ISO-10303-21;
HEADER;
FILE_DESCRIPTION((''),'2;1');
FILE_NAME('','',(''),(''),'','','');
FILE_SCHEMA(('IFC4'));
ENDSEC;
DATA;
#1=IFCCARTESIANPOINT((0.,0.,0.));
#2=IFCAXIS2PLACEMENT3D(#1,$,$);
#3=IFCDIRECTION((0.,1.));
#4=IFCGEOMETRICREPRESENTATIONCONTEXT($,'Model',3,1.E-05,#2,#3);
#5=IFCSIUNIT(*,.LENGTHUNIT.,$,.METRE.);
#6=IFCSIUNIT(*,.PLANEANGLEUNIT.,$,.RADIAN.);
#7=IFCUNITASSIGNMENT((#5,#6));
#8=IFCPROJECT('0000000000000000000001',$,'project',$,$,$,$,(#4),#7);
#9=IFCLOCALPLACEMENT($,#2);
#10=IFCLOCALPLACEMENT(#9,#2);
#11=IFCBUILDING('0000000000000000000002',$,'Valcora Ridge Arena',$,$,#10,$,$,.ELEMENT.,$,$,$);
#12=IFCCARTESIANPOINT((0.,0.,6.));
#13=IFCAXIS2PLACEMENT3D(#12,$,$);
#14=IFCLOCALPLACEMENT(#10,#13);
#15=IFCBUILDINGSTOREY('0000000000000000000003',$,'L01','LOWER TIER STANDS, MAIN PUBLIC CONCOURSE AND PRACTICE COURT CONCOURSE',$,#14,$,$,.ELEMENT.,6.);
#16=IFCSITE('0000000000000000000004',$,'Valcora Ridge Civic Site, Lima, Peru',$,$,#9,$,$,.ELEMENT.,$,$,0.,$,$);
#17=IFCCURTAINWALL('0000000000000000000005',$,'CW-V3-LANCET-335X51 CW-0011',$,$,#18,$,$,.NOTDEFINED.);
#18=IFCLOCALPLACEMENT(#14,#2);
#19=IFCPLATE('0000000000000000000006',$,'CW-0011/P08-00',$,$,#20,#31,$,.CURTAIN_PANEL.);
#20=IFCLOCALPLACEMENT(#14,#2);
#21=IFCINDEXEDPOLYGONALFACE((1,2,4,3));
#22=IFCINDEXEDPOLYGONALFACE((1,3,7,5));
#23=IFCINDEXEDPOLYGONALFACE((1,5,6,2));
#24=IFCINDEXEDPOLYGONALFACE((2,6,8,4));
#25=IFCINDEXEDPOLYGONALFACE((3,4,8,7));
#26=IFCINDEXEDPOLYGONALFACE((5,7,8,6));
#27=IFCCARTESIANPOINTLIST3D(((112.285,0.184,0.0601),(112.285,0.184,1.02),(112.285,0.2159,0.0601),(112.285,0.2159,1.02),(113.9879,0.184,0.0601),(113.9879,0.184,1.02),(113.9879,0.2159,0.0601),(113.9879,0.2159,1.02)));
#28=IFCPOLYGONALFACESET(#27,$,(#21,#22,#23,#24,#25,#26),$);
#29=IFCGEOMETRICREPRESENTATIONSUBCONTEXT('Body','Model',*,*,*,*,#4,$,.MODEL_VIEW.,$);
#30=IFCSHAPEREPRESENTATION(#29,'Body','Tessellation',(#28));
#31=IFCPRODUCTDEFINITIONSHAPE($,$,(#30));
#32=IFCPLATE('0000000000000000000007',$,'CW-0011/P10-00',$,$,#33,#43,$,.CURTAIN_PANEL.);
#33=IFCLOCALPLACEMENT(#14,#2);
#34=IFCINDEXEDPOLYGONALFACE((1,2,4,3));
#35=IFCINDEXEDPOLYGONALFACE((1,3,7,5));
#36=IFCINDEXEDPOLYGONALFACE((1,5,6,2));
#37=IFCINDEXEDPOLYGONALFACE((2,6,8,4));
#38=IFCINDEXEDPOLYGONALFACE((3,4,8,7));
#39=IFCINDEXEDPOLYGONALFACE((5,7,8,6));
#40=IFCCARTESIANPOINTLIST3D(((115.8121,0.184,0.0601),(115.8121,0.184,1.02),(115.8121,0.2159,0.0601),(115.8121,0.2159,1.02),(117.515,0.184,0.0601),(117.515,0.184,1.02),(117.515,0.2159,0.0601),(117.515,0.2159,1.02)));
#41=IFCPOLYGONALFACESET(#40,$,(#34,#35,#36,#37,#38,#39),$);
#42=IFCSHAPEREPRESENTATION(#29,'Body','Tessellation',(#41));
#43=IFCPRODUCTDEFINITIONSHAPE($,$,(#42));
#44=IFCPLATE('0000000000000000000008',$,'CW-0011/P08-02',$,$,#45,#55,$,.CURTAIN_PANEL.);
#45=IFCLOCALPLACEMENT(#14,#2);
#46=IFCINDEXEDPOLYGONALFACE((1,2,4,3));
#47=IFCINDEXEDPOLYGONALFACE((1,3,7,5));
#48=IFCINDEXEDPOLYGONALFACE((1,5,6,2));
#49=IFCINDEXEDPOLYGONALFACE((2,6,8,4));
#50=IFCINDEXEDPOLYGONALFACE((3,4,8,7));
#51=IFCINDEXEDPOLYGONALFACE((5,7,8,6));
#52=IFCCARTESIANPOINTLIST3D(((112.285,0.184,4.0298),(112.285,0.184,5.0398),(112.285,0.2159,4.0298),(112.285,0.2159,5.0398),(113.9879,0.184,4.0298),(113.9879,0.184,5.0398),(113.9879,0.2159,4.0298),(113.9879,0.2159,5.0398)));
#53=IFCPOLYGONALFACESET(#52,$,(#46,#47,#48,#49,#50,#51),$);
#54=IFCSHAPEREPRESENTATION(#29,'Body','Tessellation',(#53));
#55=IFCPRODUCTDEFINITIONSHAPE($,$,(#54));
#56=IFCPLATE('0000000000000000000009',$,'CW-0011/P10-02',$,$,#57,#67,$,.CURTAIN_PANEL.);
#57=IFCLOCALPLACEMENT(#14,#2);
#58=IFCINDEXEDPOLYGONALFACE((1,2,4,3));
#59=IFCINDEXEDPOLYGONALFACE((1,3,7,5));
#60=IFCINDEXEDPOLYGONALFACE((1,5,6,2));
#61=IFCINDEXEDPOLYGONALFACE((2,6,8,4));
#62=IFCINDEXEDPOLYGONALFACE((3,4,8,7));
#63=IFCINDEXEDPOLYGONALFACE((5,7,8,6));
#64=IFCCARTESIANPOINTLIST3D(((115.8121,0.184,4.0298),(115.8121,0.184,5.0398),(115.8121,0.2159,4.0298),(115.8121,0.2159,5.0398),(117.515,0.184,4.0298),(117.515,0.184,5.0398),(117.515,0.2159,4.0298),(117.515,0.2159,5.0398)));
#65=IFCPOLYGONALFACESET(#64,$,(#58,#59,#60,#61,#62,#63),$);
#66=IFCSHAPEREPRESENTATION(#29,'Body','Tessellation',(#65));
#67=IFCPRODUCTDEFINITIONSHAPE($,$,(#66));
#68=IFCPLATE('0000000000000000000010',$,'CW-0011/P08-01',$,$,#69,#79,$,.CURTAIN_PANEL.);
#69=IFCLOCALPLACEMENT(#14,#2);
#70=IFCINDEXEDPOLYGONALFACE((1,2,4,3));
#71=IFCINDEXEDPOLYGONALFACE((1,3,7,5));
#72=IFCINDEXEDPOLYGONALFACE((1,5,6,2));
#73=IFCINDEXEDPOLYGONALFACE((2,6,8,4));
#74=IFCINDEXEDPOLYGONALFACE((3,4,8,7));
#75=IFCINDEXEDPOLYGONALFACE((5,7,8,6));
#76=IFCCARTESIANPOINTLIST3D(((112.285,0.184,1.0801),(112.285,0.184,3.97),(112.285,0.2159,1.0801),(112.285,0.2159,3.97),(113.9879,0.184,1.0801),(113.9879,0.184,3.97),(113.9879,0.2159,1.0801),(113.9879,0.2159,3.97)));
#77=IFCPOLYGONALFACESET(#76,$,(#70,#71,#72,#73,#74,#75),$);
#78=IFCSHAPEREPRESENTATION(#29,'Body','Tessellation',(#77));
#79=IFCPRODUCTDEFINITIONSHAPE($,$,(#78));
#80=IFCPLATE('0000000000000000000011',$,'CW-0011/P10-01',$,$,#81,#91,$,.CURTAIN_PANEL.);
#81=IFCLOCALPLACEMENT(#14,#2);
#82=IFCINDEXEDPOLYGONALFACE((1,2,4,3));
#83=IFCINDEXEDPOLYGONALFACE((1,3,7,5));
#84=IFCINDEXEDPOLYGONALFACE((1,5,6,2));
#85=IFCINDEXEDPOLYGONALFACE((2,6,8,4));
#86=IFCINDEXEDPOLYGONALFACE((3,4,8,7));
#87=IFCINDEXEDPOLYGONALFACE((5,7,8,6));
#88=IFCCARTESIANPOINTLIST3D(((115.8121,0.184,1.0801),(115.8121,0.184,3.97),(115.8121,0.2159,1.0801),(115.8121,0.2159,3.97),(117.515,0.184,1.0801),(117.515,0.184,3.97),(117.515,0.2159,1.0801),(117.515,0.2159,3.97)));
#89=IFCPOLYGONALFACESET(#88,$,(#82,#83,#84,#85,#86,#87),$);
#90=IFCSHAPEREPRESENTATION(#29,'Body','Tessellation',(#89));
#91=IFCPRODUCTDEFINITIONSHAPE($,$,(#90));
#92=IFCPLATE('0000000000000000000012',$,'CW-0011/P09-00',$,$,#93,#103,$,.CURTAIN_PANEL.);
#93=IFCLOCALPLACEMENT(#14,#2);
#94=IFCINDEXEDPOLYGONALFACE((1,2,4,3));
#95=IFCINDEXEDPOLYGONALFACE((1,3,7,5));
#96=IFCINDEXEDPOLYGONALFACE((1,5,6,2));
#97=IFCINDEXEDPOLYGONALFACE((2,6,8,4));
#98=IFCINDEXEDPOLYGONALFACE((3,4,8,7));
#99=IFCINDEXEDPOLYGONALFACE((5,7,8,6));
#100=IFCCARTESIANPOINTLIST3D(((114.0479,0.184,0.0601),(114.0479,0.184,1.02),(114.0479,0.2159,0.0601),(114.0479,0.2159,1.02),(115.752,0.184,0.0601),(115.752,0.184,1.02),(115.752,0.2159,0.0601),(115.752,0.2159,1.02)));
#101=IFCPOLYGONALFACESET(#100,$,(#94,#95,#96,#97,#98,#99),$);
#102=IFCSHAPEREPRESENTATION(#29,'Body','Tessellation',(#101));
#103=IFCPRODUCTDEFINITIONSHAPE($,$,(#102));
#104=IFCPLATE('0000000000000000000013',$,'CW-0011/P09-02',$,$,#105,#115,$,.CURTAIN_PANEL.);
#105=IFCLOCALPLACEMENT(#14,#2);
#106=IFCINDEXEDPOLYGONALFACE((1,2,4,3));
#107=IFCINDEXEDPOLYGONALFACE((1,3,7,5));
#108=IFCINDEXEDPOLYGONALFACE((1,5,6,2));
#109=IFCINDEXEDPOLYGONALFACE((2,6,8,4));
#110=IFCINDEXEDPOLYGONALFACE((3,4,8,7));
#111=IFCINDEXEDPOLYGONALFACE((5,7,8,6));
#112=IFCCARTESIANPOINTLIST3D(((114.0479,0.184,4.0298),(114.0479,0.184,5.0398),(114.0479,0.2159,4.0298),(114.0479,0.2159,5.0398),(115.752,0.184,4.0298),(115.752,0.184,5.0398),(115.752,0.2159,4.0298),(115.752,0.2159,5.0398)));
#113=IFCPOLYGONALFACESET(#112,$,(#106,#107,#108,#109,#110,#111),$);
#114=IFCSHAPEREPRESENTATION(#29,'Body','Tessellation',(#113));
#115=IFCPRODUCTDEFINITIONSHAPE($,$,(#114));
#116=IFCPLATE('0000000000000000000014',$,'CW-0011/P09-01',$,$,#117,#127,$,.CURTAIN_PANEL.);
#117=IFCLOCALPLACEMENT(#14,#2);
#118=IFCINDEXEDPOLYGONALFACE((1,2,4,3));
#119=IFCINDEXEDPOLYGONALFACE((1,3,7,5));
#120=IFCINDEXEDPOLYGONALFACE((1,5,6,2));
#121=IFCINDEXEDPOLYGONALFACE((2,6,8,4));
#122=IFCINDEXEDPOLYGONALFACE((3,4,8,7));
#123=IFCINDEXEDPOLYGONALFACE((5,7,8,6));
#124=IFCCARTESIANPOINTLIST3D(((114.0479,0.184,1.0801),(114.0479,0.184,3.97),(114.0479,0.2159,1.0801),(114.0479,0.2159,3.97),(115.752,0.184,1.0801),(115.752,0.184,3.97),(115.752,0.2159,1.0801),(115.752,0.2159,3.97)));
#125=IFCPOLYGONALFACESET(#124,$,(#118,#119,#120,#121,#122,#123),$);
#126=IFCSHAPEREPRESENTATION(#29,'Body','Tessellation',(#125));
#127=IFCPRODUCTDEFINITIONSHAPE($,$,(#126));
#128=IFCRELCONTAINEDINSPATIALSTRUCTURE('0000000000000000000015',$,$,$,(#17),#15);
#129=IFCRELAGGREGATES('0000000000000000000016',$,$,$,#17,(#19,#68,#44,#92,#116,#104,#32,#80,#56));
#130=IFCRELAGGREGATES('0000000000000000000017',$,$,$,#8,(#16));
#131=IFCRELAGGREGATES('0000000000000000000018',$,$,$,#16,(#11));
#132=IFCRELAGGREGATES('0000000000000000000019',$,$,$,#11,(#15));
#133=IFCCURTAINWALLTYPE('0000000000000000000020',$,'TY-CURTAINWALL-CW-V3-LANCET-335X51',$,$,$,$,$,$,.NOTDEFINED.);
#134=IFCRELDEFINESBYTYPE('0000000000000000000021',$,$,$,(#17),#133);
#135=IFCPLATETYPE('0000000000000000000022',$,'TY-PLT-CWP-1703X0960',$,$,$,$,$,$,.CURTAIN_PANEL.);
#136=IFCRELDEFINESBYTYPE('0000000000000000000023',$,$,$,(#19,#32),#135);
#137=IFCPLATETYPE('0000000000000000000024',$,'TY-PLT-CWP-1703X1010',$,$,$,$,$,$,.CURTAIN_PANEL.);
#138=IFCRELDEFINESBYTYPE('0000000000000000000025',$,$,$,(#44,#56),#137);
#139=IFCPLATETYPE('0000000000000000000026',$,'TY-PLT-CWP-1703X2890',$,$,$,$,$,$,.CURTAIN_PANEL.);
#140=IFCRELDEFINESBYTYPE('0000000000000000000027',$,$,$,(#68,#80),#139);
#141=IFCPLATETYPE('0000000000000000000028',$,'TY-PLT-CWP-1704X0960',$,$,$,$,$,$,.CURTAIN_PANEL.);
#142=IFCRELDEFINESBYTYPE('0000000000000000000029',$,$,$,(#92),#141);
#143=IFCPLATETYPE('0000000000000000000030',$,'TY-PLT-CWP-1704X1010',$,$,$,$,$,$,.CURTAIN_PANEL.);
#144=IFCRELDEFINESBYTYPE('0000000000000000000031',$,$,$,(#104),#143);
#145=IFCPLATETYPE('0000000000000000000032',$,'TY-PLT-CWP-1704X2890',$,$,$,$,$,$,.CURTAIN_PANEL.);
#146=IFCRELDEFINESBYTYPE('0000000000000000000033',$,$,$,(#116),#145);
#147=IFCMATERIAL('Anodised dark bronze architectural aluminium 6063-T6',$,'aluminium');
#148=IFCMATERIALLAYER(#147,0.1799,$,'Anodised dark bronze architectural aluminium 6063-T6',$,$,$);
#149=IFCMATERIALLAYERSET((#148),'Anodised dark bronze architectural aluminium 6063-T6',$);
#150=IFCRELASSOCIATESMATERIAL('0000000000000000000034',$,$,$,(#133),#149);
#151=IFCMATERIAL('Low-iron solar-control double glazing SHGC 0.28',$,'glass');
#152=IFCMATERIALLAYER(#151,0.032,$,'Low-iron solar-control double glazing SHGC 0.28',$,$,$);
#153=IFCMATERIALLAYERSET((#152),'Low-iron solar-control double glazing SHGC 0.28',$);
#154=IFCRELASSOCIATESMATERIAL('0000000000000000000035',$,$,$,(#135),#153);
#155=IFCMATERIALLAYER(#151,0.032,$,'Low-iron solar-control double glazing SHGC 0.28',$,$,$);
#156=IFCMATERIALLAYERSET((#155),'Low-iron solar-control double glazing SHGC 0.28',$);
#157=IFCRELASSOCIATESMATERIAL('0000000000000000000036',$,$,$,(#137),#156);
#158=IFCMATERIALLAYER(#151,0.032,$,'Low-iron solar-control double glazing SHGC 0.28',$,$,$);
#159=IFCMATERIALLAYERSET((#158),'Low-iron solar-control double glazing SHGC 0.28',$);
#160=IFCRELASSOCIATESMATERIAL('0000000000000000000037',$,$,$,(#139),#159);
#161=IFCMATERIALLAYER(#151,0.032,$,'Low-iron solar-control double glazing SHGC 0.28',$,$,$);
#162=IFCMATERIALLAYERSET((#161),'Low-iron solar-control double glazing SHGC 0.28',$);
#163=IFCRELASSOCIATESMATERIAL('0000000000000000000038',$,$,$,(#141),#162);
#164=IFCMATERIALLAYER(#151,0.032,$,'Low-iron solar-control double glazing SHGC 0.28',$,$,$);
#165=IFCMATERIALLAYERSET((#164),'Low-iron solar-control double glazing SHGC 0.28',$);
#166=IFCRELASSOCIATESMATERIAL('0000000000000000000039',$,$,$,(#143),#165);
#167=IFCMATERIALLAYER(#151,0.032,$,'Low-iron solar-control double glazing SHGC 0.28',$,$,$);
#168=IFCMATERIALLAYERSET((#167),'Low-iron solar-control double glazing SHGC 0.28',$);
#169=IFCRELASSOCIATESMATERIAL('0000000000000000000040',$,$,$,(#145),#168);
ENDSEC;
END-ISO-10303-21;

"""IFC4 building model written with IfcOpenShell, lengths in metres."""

from ifc_helpers import new_model, si_unit, direction, frame, origin, origin_2d, place, context, subcontext, project, spatial, rectangle, extrude, material, layer, layer_set, type_object, element, aggregate, save


model = new_model("IFC4")

# Units and contexts
model_context = context("Model", 3, precision=1e-05, world=origin(), true_north=direction((0.0, 1.0)))
body_context = subcontext(model_context, "Body", "Model", "MODEL_VIEW")
ifc_project = project(units=[si_unit("LENGTHUNIT", "METRE"), si_unit("PLANEANGLEUNIT", "RADIAN")], contexts=[model_context])

# Site, building, storey
site_placement = place(None, origin())
site = spatial("IfcSite", under=ifc_project, at=site_placement, Name="Valcora Ridge Civic Site, Lima, Peru", CompositionType="ELEMENT", RefElevation=0.0)
building_placement = place(site_placement, origin())
building = spatial("IfcBuilding", under=site, at=building_placement, Name="Valcora Ridge Arena", CompositionType="ELEMENT")
storey_placement = place(building_placement, frame((0.0, 0.0, 6.0)))
storey = spatial("IfcBuildingStorey", under=building, at=storey_placement, Name="L01", Description="LOWER TIER STANDS, MAIN PUBLIC CONCOURSE AND PRACTICE COURT CONCOURSE", CompositionType="ELEMENT", Elevation=6.0)

# Curtain wall, plates
ifc_material_1 = material(Name="Anodised dark bronze architectural aluminium 6063-T6", Category="aluminium")
ifc_layer_1 = layer(ifc_material_1, 0.1799, Name="Anodised dark bronze architectural aluminium 6063-T6")
ifc_layer_set_1 = layer_set([ifc_layer_1], Name="Anodised dark bronze architectural aluminium 6063-T6")
curtain_wall_type = type_object("IfcCurtainWallType", Name="TY-CURTAINWALL-CW-V3-LANCET-335X51", PredefinedType="NOTDEFINED", material=ifc_layer_set_1)
curtain_wall_placement = place(storey_placement, origin())
curtain_wall = element("IfcCurtainWall", 1, at=curtain_wall_placement, inside=storey, type_object=curtain_wall_type, Name="CW-V3-LANCET-335X51 CW-0011", PredefinedType="NOTDEFINED")
ifc_material_2 = material(Name="Low-iron solar-control double glazing SHGC 0.28", Category="glass")
ifc_layer_2 = layer(ifc_material_2, 0.032, Name="Low-iron solar-control double glazing SHGC 0.28")
ifc_layer_set_2 = layer_set([ifc_layer_2], Name="Low-iron solar-control double glazing SHGC 0.28")
plate_type_1 = type_object("IfcPlateType", Name="TY-PLT-CWP-1703X0960", PredefinedType="CURTAIN_PANEL", material=ifc_layer_set_2)
plate_1_placement = place(storey_placement, frame((113.1365, 0.2, 0.0601), z_axis=(0.0, 0.0, 1.0), x_axis=(1.0, 0.0, 0.0)))
plate_1 = element("IfcPlate", 2, at=plate_1_placement, type_object=plate_type_1, Name="CW-0011/P08-00", PredefinedType="CURTAIN_PANEL", context=body_context, shape_type="SweptSolid", body=[
    extrude(rectangle(XDim=1.7029, YDim=0.032, at=origin_2d()), origin(), (0.0, 0.0, 1.0), 0.96),
])
plate_2_placement = place(storey_placement, frame((116.6636, 0.2, 0.0601), z_axis=(0.0, 0.0, 1.0), x_axis=(1.0, 0.0, 0.0)))
plate_2 = element("IfcPlate", 3, at=plate_2_placement, type_object=plate_type_1, Name="CW-0011/P10-00", PredefinedType="CURTAIN_PANEL", context=body_context, shape_type="SweptSolid", body=[
    extrude(rectangle(XDim=1.7029, YDim=0.032, at=origin_2d()), origin(), (0.0, 0.0, 1.0), 0.96),
])
ifc_layer_3 = layer(ifc_material_2, 0.032, Name="Low-iron solar-control double glazing SHGC 0.28")
ifc_layer_set_3 = layer_set([ifc_layer_3], Name="Low-iron solar-control double glazing SHGC 0.28")
plate_type_2 = type_object("IfcPlateType", Name="TY-PLT-CWP-1703X1010", PredefinedType="CURTAIN_PANEL", material=ifc_layer_set_3)
plate_3_placement = place(storey_placement, frame((113.1365, 0.2, 4.0298), z_axis=(0.0, 0.0, 1.0), x_axis=(1.0, 0.0, 0.0)))
plate_3 = element("IfcPlate", 4, at=plate_3_placement, type_object=plate_type_2, Name="CW-0011/P08-02", PredefinedType="CURTAIN_PANEL", context=body_context, shape_type="SweptSolid", body=[
    extrude(rectangle(XDim=1.7029, YDim=0.032, at=origin_2d()), origin(), (0.0, 0.0, 1.0), 1.01),
])
plate_4_placement = place(storey_placement, frame((116.6636, 0.2, 4.0298), z_axis=(0.0, 0.0, 1.0), x_axis=(1.0, 0.0, 0.0)))
plate_4 = element("IfcPlate", 5, at=plate_4_placement, type_object=plate_type_2, Name="CW-0011/P10-02", PredefinedType="CURTAIN_PANEL", context=body_context, shape_type="SweptSolid", body=[
    extrude(rectangle(XDim=1.7029, YDim=0.032, at=origin_2d()), origin(), (0.0, 0.0, 1.0), 1.01),
])
ifc_layer_4 = layer(ifc_material_2, 0.032, Name="Low-iron solar-control double glazing SHGC 0.28")
ifc_layer_set_4 = layer_set([ifc_layer_4], Name="Low-iron solar-control double glazing SHGC 0.28")
plate_type_3 = type_object("IfcPlateType", Name="TY-PLT-CWP-1703X2890", PredefinedType="CURTAIN_PANEL", material=ifc_layer_set_4)
plate_5_placement = place(storey_placement, frame((113.1365, 0.2, 1.0801), z_axis=(0.0, 0.0, 1.0), x_axis=(1.0, 0.0, 0.0)))
plate_5 = element("IfcPlate", 6, at=plate_5_placement, type_object=plate_type_3, Name="CW-0011/P08-01", PredefinedType="CURTAIN_PANEL", context=body_context, shape_type="SweptSolid", body=[
    extrude(rectangle(XDim=1.7029, YDim=0.032, at=origin_2d()), origin(), (0.0, 0.0, 1.0), 2.8899),
])
plate_6_placement = place(storey_placement, frame((116.6636, 0.2, 1.0801), z_axis=(0.0, 0.0, 1.0), x_axis=(1.0, 0.0, 0.0)))
plate_6 = element("IfcPlate", 7, at=plate_6_placement, type_object=plate_type_3, Name="CW-0011/P10-01", PredefinedType="CURTAIN_PANEL", context=body_context, shape_type="SweptSolid", body=[
    extrude(rectangle(XDim=1.7029, YDim=0.032, at=origin_2d()), origin(), (0.0, 0.0, 1.0), 2.8899),
])
ifc_layer_5 = layer(ifc_material_2, 0.032, Name="Low-iron solar-control double glazing SHGC 0.28")
ifc_layer_set_5 = layer_set([ifc_layer_5], Name="Low-iron solar-control double glazing SHGC 0.28")
plate_type_4 = type_object("IfcPlateType", Name="TY-PLT-CWP-1704X0960", PredefinedType="CURTAIN_PANEL", material=ifc_layer_set_5)
plate_7_placement = place(storey_placement, frame((114.8999, 0.2, 0.0601), z_axis=(0.0, 0.0, 1.0), x_axis=(1.0, 0.0, 0.0)))
plate_7 = element("IfcPlate", 8, at=plate_7_placement, type_object=plate_type_4, Name="CW-0011/P09-00", PredefinedType="CURTAIN_PANEL", context=body_context, shape_type="SweptSolid", body=[
    extrude(rectangle(XDim=1.7041, YDim=0.032, at=origin_2d()), origin(), (0.0, 0.0, 1.0), 0.96),
])
ifc_layer_6 = layer(ifc_material_2, 0.032, Name="Low-iron solar-control double glazing SHGC 0.28")
ifc_layer_set_6 = layer_set([ifc_layer_6], Name="Low-iron solar-control double glazing SHGC 0.28")
plate_type_5 = type_object("IfcPlateType", Name="TY-PLT-CWP-1704X1010", PredefinedType="CURTAIN_PANEL", material=ifc_layer_set_6)
plate_8_placement = place(storey_placement, frame((114.8999, 0.2, 4.0298), z_axis=(0.0, 0.0, 1.0), x_axis=(1.0, 0.0, 0.0)))
plate_8 = element("IfcPlate", 9, at=plate_8_placement, type_object=plate_type_5, Name="CW-0011/P09-02", PredefinedType="CURTAIN_PANEL", context=body_context, shape_type="SweptSolid", body=[
    extrude(rectangle(XDim=1.7041, YDim=0.032, at=origin_2d()), origin(), (0.0, 0.0, 1.0), 1.01),
])
ifc_layer_7 = layer(ifc_material_2, 0.032, Name="Low-iron solar-control double glazing SHGC 0.28")
ifc_layer_set_7 = layer_set([ifc_layer_7], Name="Low-iron solar-control double glazing SHGC 0.28")
plate_type_6 = type_object("IfcPlateType", Name="TY-PLT-CWP-1704X2890", PredefinedType="CURTAIN_PANEL", material=ifc_layer_set_7)
plate_9_placement = place(storey_placement, frame((114.8999, 0.2, 1.0801), z_axis=(0.0, 0.0, 1.0), x_axis=(1.0, 0.0, 0.0)))
plate_9 = element("IfcPlate", 10, at=plate_9_placement, type_object=plate_type_6, Name="CW-0011/P09-01", PredefinedType="CURTAIN_PANEL", context=body_context, shape_type="SweptSolid", body=[
    extrude(rectangle(XDim=1.7041, YDim=0.032, at=origin_2d()), origin(), (0.0, 0.0, 1.0), 2.8899),
])
aggregate(curtain_wall, [plate_1, plate_5, plate_3, plate_7, plate_9, plate_8, plate_2, plate_6, plate_4])

save(model, "model.ifc")
